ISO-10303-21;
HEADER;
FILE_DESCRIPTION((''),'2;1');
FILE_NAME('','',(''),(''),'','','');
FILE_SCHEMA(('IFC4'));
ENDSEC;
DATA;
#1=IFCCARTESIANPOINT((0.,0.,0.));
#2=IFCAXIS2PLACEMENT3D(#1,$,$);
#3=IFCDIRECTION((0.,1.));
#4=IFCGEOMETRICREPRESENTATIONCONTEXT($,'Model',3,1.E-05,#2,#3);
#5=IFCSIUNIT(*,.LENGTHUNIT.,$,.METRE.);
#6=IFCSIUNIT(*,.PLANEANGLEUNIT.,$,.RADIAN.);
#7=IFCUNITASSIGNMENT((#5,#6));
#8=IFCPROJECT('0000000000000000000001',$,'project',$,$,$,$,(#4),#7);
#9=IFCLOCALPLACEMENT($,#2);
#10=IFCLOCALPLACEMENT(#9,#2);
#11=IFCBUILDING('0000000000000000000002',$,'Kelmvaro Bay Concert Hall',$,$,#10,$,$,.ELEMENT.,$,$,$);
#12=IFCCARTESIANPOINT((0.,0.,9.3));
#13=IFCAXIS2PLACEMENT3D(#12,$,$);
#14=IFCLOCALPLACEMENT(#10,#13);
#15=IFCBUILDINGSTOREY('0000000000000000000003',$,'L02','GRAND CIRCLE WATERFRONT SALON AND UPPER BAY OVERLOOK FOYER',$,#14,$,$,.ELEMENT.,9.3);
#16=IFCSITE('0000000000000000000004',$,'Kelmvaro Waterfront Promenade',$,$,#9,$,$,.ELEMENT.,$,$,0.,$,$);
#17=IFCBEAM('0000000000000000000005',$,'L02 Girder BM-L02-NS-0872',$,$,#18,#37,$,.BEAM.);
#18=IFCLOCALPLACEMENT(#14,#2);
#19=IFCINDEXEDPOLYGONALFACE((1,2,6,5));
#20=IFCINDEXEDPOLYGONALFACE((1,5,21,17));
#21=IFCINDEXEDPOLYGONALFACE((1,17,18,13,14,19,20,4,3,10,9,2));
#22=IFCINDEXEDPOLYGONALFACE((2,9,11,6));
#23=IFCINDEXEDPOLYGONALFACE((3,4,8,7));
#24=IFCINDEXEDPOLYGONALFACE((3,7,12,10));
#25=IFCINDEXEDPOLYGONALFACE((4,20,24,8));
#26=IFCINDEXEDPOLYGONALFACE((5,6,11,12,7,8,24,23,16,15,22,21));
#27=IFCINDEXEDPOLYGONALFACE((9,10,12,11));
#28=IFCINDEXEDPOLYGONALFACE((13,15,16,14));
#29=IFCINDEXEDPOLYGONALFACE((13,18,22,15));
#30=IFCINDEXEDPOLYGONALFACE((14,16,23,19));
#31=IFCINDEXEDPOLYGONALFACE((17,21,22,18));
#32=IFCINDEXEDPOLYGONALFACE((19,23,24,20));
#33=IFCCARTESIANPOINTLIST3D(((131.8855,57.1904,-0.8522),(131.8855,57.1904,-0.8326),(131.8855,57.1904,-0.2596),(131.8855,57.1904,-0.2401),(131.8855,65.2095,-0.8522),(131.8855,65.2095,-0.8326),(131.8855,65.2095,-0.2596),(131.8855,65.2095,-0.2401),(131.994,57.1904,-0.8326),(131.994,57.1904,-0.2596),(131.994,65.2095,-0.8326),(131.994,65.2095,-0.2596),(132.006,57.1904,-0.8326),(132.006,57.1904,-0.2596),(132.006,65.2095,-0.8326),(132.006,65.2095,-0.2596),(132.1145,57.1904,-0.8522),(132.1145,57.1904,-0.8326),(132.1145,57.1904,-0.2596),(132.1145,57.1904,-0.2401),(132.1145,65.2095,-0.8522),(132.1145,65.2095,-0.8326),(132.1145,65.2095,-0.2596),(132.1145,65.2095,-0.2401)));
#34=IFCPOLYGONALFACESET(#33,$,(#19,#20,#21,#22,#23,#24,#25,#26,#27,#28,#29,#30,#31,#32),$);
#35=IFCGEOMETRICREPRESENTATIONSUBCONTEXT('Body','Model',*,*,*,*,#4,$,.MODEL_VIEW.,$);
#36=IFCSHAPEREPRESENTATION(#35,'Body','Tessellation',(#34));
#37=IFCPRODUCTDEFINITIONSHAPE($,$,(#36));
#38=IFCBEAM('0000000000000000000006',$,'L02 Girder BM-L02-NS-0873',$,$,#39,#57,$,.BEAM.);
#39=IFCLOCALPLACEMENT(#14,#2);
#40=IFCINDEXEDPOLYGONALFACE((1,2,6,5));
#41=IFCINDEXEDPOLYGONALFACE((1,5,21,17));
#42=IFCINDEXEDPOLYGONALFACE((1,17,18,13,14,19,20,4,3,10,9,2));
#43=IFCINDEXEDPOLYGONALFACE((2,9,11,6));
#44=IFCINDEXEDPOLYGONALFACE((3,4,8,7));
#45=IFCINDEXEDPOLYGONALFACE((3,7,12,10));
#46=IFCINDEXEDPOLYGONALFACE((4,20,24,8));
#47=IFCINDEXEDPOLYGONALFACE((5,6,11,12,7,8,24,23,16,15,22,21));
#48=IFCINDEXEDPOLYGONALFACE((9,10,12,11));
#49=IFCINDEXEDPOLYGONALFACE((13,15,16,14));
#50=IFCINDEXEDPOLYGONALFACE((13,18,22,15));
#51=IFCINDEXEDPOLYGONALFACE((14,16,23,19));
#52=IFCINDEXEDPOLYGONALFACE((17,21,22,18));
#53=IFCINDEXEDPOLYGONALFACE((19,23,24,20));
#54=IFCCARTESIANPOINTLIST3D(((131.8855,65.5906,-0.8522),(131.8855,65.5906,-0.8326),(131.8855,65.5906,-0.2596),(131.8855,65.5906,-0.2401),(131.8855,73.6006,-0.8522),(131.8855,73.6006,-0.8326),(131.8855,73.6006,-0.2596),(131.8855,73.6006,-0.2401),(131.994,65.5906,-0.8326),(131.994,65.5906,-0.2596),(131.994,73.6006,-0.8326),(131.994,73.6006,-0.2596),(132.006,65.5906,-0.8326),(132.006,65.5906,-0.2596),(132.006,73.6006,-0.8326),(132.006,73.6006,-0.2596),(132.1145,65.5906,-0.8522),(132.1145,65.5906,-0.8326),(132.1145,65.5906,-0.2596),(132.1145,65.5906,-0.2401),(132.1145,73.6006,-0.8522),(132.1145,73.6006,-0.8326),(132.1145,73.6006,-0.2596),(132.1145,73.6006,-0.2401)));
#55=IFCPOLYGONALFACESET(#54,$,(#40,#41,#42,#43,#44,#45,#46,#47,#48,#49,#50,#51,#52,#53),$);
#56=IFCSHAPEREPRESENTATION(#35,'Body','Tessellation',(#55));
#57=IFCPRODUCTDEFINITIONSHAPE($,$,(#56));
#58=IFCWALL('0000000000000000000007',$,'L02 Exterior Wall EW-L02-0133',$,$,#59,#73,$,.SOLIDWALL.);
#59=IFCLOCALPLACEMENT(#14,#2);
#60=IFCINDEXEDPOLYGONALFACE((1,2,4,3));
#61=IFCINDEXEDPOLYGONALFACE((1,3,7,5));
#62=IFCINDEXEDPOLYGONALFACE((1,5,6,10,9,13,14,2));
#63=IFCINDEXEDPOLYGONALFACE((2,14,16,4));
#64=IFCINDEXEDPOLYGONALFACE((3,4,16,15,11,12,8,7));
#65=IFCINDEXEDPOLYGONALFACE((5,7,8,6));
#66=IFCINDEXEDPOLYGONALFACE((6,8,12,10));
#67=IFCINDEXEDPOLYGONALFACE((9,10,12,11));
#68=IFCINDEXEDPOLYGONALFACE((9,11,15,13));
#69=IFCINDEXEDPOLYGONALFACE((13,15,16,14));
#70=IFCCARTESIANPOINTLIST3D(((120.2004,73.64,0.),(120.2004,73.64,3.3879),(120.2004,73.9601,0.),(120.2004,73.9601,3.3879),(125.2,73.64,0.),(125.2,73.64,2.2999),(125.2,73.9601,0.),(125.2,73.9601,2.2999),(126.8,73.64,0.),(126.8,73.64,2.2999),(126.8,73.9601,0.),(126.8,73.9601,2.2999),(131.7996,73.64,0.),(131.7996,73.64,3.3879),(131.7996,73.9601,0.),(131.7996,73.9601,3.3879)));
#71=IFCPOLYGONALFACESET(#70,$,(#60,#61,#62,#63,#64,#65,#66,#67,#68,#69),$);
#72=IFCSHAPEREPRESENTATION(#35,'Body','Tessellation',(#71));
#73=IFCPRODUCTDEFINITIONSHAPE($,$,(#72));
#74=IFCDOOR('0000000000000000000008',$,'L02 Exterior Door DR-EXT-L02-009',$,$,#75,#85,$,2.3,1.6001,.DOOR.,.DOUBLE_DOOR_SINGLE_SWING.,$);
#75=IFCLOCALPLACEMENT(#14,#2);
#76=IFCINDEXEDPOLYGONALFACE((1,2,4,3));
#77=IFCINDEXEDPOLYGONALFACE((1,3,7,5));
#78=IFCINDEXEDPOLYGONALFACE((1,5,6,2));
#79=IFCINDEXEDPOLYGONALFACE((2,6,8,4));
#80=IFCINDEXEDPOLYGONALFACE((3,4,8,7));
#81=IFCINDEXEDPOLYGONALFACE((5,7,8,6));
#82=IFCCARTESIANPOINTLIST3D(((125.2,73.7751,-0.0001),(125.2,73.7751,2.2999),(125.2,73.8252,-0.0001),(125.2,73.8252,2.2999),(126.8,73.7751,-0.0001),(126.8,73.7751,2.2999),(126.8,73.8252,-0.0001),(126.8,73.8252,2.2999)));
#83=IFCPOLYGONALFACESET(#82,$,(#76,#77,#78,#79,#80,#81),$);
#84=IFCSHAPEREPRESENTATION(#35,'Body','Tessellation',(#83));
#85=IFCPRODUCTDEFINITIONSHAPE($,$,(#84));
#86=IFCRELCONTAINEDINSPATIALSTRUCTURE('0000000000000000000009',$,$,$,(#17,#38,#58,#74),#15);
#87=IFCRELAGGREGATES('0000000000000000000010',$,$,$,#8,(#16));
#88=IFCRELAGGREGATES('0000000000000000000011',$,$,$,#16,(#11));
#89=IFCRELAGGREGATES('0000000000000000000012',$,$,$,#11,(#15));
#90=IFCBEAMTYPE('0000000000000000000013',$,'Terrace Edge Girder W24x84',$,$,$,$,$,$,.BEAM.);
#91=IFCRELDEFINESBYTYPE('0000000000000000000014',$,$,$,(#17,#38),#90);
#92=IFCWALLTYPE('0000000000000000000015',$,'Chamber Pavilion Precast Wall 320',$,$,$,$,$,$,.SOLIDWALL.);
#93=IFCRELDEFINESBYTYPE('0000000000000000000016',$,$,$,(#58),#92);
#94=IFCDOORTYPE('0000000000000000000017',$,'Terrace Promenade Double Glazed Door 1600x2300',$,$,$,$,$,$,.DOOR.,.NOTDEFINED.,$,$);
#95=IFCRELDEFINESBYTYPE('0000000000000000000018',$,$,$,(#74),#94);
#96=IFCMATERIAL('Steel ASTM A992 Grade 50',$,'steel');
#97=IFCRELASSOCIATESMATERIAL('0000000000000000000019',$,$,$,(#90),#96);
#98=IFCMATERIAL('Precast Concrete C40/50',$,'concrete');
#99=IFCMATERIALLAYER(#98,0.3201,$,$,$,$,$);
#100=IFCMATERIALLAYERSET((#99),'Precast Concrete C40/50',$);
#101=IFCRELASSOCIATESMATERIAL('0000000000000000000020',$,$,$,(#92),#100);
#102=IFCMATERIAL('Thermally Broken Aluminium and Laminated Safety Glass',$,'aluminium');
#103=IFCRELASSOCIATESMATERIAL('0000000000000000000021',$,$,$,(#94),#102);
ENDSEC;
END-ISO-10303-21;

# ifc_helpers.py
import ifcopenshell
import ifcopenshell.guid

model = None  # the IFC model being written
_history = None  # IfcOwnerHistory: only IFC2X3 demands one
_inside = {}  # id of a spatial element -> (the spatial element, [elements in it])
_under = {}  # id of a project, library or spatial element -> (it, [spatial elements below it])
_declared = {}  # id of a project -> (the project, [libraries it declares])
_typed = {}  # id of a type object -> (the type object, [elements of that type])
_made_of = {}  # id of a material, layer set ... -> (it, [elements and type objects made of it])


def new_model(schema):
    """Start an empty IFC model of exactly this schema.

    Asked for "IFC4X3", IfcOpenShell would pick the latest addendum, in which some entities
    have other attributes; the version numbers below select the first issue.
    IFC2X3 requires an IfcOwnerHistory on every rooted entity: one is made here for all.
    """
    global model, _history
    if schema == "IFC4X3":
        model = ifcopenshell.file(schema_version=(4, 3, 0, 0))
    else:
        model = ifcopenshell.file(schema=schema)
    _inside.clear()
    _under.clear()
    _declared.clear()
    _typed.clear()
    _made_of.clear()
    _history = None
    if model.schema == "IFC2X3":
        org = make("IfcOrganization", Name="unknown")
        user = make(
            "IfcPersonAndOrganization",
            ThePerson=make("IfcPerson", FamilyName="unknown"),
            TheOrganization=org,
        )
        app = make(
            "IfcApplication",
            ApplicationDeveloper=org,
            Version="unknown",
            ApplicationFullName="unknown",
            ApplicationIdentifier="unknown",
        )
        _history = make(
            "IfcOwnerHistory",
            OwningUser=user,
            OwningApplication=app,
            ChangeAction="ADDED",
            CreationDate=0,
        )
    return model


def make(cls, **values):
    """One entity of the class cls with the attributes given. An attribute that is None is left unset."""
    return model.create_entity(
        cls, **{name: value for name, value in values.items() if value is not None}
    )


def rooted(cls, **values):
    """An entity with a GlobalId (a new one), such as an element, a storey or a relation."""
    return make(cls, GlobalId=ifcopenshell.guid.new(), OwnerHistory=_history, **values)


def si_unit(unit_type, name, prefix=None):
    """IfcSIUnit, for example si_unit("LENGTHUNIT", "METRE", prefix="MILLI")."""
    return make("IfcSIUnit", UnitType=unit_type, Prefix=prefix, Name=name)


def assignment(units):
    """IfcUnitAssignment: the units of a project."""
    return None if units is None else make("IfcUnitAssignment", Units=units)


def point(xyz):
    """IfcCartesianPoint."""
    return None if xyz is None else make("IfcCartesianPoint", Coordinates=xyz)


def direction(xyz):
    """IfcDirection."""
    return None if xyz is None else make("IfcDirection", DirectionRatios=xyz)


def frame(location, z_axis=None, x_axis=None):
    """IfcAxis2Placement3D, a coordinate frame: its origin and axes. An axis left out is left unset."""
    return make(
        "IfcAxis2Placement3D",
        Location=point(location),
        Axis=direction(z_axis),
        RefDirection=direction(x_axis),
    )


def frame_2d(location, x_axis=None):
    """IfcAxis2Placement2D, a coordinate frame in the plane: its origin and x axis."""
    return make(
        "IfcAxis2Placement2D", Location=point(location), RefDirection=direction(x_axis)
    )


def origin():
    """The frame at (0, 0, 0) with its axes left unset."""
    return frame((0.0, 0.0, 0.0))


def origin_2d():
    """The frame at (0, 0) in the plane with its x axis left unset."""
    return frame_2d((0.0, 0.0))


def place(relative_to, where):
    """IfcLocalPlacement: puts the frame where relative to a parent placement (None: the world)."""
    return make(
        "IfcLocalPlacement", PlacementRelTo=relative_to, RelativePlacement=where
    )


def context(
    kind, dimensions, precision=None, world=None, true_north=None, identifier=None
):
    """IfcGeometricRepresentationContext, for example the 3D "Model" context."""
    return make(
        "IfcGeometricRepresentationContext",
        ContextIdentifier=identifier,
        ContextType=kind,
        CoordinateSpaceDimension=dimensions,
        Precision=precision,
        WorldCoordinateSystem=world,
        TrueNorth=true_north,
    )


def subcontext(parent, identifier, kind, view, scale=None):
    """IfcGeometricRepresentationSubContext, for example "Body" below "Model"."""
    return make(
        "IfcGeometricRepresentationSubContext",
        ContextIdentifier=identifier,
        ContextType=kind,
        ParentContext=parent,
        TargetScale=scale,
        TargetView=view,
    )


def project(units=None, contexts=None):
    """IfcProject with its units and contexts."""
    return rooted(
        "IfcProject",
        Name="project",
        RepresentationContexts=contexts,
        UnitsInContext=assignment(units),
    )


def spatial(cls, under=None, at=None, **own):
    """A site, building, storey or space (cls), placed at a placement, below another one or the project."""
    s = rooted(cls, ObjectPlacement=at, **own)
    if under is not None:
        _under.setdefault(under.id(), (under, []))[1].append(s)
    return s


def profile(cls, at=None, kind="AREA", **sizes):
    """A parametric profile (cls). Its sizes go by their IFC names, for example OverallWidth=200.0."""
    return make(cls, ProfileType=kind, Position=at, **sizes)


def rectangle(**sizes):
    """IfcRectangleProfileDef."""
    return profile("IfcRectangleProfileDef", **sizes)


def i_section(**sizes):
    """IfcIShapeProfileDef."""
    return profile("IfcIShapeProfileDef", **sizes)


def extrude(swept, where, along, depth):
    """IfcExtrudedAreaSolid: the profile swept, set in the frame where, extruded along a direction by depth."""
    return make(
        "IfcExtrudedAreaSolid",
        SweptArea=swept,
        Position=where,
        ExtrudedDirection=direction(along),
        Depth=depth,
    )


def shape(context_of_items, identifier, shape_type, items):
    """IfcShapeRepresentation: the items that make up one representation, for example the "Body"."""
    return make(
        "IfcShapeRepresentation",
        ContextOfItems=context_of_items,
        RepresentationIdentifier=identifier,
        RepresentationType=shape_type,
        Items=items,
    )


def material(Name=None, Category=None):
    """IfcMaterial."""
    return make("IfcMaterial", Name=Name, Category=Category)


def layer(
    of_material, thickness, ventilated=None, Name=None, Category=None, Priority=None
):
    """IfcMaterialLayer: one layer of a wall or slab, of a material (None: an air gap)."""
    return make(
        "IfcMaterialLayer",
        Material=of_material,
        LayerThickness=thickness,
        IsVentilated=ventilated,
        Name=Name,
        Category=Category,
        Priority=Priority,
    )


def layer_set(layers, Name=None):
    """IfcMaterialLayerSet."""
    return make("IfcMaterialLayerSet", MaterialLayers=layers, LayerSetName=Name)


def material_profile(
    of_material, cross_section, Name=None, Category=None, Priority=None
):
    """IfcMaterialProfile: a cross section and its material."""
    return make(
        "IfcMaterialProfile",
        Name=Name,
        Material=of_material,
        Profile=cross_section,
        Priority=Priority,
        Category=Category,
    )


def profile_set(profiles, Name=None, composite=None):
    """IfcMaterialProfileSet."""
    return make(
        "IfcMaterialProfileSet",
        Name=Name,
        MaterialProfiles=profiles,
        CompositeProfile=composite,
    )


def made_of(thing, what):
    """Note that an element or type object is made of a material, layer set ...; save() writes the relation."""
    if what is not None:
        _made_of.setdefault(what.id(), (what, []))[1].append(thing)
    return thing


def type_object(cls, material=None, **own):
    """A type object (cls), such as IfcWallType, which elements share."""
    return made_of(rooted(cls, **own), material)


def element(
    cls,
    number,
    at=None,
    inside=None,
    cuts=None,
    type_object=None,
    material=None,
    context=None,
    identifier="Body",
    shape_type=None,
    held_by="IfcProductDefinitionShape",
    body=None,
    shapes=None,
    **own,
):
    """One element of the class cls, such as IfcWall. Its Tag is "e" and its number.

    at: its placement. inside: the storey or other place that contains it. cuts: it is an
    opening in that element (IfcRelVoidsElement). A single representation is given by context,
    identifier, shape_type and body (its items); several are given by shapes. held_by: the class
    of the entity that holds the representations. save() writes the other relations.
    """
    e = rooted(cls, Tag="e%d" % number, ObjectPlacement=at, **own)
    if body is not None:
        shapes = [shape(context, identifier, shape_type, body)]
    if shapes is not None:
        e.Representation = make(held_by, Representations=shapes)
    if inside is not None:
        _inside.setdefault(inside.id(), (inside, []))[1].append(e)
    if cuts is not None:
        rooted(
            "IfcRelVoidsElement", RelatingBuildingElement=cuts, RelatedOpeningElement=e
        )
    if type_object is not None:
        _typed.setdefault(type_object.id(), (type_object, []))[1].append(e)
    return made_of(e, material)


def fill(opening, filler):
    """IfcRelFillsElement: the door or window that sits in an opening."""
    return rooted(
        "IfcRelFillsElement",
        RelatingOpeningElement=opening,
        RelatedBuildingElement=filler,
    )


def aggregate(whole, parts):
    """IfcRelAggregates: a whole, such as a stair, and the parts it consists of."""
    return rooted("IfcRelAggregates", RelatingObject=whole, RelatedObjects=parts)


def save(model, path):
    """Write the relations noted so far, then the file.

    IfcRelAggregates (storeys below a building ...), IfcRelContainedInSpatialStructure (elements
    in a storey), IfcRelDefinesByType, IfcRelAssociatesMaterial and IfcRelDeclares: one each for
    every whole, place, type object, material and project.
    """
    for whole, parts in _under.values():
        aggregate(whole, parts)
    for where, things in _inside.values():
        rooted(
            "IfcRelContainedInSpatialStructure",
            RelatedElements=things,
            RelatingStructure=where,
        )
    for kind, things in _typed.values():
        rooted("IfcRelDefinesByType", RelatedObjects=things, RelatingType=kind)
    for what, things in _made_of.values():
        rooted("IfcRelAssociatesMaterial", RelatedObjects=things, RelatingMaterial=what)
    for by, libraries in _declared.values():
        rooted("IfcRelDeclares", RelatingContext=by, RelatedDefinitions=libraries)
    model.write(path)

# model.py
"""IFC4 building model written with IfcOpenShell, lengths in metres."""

from ifc_helpers import new_model, si_unit, direction, frame, frame_2d, origin, origin_2d, place, context, subcontext, project, spatial, rectangle, i_section, extrude, material, layer, layer_set, material_profile, profile_set, type_object, element, fill, save


model = new_model("IFC4")

# Units and contexts
model_context = context("Model", 3, precision=1e-05, world=origin(), true_north=direction((0.0, 1.0)))
body_context = subcontext(model_context, "Body", "Model", "MODEL_VIEW")
ifc_project = project(units=[si_unit("LENGTHUNIT", "METRE"), si_unit("PLANEANGLEUNIT", "RADIAN")], contexts=[model_context])

# Site, building, storey
site_placement = place(None, origin())
site = spatial("IfcSite", under=ifc_project, at=site_placement, Name="Kelmvaro Waterfront Promenade", CompositionType="ELEMENT", RefElevation=0.0)
building_placement = place(site_placement, origin())
building = spatial("IfcBuilding", under=site, at=building_placement, Name="Kelmvaro Bay Concert Hall", CompositionType="ELEMENT")
storey_placement = place(building_placement, frame((0.0, 0.0, 9.3)))
storey = spatial("IfcBuildingStorey", under=building, at=storey_placement, Name="L02", Description="GRAND CIRCLE WATERFRONT SALON AND UPPER BAY OVERLOOK FOYER", CompositionType="ELEMENT", Elevation=9.3)

# Beams
ifc_material_1 = material(Name="Steel ASTM A992 Grade 50", Category="steel")
ifc_material_profile_1 = material_profile(ifc_material_1, i_section(OverallWidth=0.229, OverallDepth=0.6121, WebThickness=0.012, FlangeThickness=0.0195, at=origin_2d()), Name="W24X84")
ifc_profile_set_1 = profile_set([ifc_material_profile_1], Name="Steel ASTM A992 Grade 50")
beam_type_1 = type_object("IfcBeamType", Name="Terrace Edge Girder W24x84", PredefinedType="BEAM", material=ifc_profile_set_1)
beam_1_placement = place(storey_placement, frame((132.0, 57.1904, -0.5461), z_axis=(0.0, 1.0, 0.0), x_axis=(-1.0, 0.0, 0.0)))
element("IfcBeam", 1, at=beam_1_placement, inside=storey, type_object=beam_type_1, Name="L02 Girder BM-L02-NS-0872", PredefinedType="BEAM", context=body_context, shape_type="SweptSolid", body=[
    extrude(i_section(OverallWidth=0.229, OverallDepth=0.6121, WebThickness=0.012, FlangeThickness=0.0195, at=origin_2d()), origin(), (0.0, 0.0, 1.0), 8.019),
])
beam_2_placement = place(storey_placement, frame((132.0, 65.5906, -0.5461), z_axis=(0.0, 1.0, 0.0), x_axis=(-1.0, 0.0, 0.0)))
element("IfcBeam", 2, at=beam_2_placement, inside=storey, type_object=beam_type_1, Name="L02 Girder BM-L02-NS-0873", PredefinedType="BEAM", context=body_context, shape_type="SweptSolid", body=[
    extrude(i_section(OverallWidth=0.229, OverallDepth=0.6121, WebThickness=0.012, FlangeThickness=0.0195, at=origin_2d()), origin(), (0.0, 0.0, 1.0), 8.01),
])

# Wall, opening, door
ifc_material_2 = material(Name="Precast Concrete C40/50", Category="concrete")
ifc_layer = layer(ifc_material_2, 0.3201)
ifc_layer_set = layer_set([ifc_layer], Name="Precast Concrete C40/50")
wall_type = type_object("IfcWallType", Name="Chamber Pavilion Precast Wall 320", PredefinedType="SOLIDWALL", material=ifc_layer_set)
wall_placement = place(storey_placement, frame((131.7996, 73.8, 0.0), z_axis=(0.0, 0.0, 1.0), x_axis=(-1.0, 0.0, 0.0)))
wall = element("IfcWall", 3, at=wall_placement, inside=storey, type_object=wall_type, Name="L02 Exterior Wall EW-L02-0133", PredefinedType="SOLIDWALL", context=body_context, shape_type="SweptSolid", body=[
    extrude(rectangle(XDim=11.5991, YDim=0.3201, at=frame_2d((5.7996, 0.0))), origin(), (0.0, 0.0, 1.0), 3.3879),
])
opening_placement = place(wall_placement, frame((4.9995, 0.0, 0.0)))
opening = element("IfcOpeningElement", 4, at=opening_placement, cuts=wall, PredefinedType="OPENING", context=body_context, shape_type="SweptSolid", body=[
    extrude(rectangle(XDim=1.6001, YDim=2.3, at=frame_2d((0.8, 1.1499))), frame((0.0, 0.1699, 0.0), z_axis=(0.0, -1.0, 0.0), x_axis=(1.0, 0.0, 0.0)), (0.0, 0.0, 1.0), 0.3401),
])
ifc_material_3 = material(Name="Thermally Broken Aluminium and Laminated Safety Glass", Category="aluminium")
door_type = type_object("IfcDoorType", Name="Terrace Promenade Double Glazed Door 1600x2300", OperationType="NOTDEFINED", PredefinedType="DOOR", material=ifc_material_3)
door_placement = place(opening_placement, origin())
door = element("IfcDoor", 5, at=door_placement, inside=storey, type_object=door_type, Name="L02 Exterior Door DR-EXT-L02-009", OperationType="DOUBLE_DOOR_SINGLE_SWING", OverallHeight=2.3, OverallWidth=1.6001, PredefinedType="DOOR", context=body_context, shape_type="SweptSolid", body=[
    extrude(rectangle(XDim=1.6001, YDim=2.3, at=frame_2d((0.8, 1.1499))), frame((0.0, 0.0249, 0.0), z_axis=(0.0, -1.0, 0.0), x_axis=(1.0, 0.0, 0.0)), (0.0, 0.0, 1.0), 0.05),
])
fill(opening, door)

save(model, "model.ifc")
